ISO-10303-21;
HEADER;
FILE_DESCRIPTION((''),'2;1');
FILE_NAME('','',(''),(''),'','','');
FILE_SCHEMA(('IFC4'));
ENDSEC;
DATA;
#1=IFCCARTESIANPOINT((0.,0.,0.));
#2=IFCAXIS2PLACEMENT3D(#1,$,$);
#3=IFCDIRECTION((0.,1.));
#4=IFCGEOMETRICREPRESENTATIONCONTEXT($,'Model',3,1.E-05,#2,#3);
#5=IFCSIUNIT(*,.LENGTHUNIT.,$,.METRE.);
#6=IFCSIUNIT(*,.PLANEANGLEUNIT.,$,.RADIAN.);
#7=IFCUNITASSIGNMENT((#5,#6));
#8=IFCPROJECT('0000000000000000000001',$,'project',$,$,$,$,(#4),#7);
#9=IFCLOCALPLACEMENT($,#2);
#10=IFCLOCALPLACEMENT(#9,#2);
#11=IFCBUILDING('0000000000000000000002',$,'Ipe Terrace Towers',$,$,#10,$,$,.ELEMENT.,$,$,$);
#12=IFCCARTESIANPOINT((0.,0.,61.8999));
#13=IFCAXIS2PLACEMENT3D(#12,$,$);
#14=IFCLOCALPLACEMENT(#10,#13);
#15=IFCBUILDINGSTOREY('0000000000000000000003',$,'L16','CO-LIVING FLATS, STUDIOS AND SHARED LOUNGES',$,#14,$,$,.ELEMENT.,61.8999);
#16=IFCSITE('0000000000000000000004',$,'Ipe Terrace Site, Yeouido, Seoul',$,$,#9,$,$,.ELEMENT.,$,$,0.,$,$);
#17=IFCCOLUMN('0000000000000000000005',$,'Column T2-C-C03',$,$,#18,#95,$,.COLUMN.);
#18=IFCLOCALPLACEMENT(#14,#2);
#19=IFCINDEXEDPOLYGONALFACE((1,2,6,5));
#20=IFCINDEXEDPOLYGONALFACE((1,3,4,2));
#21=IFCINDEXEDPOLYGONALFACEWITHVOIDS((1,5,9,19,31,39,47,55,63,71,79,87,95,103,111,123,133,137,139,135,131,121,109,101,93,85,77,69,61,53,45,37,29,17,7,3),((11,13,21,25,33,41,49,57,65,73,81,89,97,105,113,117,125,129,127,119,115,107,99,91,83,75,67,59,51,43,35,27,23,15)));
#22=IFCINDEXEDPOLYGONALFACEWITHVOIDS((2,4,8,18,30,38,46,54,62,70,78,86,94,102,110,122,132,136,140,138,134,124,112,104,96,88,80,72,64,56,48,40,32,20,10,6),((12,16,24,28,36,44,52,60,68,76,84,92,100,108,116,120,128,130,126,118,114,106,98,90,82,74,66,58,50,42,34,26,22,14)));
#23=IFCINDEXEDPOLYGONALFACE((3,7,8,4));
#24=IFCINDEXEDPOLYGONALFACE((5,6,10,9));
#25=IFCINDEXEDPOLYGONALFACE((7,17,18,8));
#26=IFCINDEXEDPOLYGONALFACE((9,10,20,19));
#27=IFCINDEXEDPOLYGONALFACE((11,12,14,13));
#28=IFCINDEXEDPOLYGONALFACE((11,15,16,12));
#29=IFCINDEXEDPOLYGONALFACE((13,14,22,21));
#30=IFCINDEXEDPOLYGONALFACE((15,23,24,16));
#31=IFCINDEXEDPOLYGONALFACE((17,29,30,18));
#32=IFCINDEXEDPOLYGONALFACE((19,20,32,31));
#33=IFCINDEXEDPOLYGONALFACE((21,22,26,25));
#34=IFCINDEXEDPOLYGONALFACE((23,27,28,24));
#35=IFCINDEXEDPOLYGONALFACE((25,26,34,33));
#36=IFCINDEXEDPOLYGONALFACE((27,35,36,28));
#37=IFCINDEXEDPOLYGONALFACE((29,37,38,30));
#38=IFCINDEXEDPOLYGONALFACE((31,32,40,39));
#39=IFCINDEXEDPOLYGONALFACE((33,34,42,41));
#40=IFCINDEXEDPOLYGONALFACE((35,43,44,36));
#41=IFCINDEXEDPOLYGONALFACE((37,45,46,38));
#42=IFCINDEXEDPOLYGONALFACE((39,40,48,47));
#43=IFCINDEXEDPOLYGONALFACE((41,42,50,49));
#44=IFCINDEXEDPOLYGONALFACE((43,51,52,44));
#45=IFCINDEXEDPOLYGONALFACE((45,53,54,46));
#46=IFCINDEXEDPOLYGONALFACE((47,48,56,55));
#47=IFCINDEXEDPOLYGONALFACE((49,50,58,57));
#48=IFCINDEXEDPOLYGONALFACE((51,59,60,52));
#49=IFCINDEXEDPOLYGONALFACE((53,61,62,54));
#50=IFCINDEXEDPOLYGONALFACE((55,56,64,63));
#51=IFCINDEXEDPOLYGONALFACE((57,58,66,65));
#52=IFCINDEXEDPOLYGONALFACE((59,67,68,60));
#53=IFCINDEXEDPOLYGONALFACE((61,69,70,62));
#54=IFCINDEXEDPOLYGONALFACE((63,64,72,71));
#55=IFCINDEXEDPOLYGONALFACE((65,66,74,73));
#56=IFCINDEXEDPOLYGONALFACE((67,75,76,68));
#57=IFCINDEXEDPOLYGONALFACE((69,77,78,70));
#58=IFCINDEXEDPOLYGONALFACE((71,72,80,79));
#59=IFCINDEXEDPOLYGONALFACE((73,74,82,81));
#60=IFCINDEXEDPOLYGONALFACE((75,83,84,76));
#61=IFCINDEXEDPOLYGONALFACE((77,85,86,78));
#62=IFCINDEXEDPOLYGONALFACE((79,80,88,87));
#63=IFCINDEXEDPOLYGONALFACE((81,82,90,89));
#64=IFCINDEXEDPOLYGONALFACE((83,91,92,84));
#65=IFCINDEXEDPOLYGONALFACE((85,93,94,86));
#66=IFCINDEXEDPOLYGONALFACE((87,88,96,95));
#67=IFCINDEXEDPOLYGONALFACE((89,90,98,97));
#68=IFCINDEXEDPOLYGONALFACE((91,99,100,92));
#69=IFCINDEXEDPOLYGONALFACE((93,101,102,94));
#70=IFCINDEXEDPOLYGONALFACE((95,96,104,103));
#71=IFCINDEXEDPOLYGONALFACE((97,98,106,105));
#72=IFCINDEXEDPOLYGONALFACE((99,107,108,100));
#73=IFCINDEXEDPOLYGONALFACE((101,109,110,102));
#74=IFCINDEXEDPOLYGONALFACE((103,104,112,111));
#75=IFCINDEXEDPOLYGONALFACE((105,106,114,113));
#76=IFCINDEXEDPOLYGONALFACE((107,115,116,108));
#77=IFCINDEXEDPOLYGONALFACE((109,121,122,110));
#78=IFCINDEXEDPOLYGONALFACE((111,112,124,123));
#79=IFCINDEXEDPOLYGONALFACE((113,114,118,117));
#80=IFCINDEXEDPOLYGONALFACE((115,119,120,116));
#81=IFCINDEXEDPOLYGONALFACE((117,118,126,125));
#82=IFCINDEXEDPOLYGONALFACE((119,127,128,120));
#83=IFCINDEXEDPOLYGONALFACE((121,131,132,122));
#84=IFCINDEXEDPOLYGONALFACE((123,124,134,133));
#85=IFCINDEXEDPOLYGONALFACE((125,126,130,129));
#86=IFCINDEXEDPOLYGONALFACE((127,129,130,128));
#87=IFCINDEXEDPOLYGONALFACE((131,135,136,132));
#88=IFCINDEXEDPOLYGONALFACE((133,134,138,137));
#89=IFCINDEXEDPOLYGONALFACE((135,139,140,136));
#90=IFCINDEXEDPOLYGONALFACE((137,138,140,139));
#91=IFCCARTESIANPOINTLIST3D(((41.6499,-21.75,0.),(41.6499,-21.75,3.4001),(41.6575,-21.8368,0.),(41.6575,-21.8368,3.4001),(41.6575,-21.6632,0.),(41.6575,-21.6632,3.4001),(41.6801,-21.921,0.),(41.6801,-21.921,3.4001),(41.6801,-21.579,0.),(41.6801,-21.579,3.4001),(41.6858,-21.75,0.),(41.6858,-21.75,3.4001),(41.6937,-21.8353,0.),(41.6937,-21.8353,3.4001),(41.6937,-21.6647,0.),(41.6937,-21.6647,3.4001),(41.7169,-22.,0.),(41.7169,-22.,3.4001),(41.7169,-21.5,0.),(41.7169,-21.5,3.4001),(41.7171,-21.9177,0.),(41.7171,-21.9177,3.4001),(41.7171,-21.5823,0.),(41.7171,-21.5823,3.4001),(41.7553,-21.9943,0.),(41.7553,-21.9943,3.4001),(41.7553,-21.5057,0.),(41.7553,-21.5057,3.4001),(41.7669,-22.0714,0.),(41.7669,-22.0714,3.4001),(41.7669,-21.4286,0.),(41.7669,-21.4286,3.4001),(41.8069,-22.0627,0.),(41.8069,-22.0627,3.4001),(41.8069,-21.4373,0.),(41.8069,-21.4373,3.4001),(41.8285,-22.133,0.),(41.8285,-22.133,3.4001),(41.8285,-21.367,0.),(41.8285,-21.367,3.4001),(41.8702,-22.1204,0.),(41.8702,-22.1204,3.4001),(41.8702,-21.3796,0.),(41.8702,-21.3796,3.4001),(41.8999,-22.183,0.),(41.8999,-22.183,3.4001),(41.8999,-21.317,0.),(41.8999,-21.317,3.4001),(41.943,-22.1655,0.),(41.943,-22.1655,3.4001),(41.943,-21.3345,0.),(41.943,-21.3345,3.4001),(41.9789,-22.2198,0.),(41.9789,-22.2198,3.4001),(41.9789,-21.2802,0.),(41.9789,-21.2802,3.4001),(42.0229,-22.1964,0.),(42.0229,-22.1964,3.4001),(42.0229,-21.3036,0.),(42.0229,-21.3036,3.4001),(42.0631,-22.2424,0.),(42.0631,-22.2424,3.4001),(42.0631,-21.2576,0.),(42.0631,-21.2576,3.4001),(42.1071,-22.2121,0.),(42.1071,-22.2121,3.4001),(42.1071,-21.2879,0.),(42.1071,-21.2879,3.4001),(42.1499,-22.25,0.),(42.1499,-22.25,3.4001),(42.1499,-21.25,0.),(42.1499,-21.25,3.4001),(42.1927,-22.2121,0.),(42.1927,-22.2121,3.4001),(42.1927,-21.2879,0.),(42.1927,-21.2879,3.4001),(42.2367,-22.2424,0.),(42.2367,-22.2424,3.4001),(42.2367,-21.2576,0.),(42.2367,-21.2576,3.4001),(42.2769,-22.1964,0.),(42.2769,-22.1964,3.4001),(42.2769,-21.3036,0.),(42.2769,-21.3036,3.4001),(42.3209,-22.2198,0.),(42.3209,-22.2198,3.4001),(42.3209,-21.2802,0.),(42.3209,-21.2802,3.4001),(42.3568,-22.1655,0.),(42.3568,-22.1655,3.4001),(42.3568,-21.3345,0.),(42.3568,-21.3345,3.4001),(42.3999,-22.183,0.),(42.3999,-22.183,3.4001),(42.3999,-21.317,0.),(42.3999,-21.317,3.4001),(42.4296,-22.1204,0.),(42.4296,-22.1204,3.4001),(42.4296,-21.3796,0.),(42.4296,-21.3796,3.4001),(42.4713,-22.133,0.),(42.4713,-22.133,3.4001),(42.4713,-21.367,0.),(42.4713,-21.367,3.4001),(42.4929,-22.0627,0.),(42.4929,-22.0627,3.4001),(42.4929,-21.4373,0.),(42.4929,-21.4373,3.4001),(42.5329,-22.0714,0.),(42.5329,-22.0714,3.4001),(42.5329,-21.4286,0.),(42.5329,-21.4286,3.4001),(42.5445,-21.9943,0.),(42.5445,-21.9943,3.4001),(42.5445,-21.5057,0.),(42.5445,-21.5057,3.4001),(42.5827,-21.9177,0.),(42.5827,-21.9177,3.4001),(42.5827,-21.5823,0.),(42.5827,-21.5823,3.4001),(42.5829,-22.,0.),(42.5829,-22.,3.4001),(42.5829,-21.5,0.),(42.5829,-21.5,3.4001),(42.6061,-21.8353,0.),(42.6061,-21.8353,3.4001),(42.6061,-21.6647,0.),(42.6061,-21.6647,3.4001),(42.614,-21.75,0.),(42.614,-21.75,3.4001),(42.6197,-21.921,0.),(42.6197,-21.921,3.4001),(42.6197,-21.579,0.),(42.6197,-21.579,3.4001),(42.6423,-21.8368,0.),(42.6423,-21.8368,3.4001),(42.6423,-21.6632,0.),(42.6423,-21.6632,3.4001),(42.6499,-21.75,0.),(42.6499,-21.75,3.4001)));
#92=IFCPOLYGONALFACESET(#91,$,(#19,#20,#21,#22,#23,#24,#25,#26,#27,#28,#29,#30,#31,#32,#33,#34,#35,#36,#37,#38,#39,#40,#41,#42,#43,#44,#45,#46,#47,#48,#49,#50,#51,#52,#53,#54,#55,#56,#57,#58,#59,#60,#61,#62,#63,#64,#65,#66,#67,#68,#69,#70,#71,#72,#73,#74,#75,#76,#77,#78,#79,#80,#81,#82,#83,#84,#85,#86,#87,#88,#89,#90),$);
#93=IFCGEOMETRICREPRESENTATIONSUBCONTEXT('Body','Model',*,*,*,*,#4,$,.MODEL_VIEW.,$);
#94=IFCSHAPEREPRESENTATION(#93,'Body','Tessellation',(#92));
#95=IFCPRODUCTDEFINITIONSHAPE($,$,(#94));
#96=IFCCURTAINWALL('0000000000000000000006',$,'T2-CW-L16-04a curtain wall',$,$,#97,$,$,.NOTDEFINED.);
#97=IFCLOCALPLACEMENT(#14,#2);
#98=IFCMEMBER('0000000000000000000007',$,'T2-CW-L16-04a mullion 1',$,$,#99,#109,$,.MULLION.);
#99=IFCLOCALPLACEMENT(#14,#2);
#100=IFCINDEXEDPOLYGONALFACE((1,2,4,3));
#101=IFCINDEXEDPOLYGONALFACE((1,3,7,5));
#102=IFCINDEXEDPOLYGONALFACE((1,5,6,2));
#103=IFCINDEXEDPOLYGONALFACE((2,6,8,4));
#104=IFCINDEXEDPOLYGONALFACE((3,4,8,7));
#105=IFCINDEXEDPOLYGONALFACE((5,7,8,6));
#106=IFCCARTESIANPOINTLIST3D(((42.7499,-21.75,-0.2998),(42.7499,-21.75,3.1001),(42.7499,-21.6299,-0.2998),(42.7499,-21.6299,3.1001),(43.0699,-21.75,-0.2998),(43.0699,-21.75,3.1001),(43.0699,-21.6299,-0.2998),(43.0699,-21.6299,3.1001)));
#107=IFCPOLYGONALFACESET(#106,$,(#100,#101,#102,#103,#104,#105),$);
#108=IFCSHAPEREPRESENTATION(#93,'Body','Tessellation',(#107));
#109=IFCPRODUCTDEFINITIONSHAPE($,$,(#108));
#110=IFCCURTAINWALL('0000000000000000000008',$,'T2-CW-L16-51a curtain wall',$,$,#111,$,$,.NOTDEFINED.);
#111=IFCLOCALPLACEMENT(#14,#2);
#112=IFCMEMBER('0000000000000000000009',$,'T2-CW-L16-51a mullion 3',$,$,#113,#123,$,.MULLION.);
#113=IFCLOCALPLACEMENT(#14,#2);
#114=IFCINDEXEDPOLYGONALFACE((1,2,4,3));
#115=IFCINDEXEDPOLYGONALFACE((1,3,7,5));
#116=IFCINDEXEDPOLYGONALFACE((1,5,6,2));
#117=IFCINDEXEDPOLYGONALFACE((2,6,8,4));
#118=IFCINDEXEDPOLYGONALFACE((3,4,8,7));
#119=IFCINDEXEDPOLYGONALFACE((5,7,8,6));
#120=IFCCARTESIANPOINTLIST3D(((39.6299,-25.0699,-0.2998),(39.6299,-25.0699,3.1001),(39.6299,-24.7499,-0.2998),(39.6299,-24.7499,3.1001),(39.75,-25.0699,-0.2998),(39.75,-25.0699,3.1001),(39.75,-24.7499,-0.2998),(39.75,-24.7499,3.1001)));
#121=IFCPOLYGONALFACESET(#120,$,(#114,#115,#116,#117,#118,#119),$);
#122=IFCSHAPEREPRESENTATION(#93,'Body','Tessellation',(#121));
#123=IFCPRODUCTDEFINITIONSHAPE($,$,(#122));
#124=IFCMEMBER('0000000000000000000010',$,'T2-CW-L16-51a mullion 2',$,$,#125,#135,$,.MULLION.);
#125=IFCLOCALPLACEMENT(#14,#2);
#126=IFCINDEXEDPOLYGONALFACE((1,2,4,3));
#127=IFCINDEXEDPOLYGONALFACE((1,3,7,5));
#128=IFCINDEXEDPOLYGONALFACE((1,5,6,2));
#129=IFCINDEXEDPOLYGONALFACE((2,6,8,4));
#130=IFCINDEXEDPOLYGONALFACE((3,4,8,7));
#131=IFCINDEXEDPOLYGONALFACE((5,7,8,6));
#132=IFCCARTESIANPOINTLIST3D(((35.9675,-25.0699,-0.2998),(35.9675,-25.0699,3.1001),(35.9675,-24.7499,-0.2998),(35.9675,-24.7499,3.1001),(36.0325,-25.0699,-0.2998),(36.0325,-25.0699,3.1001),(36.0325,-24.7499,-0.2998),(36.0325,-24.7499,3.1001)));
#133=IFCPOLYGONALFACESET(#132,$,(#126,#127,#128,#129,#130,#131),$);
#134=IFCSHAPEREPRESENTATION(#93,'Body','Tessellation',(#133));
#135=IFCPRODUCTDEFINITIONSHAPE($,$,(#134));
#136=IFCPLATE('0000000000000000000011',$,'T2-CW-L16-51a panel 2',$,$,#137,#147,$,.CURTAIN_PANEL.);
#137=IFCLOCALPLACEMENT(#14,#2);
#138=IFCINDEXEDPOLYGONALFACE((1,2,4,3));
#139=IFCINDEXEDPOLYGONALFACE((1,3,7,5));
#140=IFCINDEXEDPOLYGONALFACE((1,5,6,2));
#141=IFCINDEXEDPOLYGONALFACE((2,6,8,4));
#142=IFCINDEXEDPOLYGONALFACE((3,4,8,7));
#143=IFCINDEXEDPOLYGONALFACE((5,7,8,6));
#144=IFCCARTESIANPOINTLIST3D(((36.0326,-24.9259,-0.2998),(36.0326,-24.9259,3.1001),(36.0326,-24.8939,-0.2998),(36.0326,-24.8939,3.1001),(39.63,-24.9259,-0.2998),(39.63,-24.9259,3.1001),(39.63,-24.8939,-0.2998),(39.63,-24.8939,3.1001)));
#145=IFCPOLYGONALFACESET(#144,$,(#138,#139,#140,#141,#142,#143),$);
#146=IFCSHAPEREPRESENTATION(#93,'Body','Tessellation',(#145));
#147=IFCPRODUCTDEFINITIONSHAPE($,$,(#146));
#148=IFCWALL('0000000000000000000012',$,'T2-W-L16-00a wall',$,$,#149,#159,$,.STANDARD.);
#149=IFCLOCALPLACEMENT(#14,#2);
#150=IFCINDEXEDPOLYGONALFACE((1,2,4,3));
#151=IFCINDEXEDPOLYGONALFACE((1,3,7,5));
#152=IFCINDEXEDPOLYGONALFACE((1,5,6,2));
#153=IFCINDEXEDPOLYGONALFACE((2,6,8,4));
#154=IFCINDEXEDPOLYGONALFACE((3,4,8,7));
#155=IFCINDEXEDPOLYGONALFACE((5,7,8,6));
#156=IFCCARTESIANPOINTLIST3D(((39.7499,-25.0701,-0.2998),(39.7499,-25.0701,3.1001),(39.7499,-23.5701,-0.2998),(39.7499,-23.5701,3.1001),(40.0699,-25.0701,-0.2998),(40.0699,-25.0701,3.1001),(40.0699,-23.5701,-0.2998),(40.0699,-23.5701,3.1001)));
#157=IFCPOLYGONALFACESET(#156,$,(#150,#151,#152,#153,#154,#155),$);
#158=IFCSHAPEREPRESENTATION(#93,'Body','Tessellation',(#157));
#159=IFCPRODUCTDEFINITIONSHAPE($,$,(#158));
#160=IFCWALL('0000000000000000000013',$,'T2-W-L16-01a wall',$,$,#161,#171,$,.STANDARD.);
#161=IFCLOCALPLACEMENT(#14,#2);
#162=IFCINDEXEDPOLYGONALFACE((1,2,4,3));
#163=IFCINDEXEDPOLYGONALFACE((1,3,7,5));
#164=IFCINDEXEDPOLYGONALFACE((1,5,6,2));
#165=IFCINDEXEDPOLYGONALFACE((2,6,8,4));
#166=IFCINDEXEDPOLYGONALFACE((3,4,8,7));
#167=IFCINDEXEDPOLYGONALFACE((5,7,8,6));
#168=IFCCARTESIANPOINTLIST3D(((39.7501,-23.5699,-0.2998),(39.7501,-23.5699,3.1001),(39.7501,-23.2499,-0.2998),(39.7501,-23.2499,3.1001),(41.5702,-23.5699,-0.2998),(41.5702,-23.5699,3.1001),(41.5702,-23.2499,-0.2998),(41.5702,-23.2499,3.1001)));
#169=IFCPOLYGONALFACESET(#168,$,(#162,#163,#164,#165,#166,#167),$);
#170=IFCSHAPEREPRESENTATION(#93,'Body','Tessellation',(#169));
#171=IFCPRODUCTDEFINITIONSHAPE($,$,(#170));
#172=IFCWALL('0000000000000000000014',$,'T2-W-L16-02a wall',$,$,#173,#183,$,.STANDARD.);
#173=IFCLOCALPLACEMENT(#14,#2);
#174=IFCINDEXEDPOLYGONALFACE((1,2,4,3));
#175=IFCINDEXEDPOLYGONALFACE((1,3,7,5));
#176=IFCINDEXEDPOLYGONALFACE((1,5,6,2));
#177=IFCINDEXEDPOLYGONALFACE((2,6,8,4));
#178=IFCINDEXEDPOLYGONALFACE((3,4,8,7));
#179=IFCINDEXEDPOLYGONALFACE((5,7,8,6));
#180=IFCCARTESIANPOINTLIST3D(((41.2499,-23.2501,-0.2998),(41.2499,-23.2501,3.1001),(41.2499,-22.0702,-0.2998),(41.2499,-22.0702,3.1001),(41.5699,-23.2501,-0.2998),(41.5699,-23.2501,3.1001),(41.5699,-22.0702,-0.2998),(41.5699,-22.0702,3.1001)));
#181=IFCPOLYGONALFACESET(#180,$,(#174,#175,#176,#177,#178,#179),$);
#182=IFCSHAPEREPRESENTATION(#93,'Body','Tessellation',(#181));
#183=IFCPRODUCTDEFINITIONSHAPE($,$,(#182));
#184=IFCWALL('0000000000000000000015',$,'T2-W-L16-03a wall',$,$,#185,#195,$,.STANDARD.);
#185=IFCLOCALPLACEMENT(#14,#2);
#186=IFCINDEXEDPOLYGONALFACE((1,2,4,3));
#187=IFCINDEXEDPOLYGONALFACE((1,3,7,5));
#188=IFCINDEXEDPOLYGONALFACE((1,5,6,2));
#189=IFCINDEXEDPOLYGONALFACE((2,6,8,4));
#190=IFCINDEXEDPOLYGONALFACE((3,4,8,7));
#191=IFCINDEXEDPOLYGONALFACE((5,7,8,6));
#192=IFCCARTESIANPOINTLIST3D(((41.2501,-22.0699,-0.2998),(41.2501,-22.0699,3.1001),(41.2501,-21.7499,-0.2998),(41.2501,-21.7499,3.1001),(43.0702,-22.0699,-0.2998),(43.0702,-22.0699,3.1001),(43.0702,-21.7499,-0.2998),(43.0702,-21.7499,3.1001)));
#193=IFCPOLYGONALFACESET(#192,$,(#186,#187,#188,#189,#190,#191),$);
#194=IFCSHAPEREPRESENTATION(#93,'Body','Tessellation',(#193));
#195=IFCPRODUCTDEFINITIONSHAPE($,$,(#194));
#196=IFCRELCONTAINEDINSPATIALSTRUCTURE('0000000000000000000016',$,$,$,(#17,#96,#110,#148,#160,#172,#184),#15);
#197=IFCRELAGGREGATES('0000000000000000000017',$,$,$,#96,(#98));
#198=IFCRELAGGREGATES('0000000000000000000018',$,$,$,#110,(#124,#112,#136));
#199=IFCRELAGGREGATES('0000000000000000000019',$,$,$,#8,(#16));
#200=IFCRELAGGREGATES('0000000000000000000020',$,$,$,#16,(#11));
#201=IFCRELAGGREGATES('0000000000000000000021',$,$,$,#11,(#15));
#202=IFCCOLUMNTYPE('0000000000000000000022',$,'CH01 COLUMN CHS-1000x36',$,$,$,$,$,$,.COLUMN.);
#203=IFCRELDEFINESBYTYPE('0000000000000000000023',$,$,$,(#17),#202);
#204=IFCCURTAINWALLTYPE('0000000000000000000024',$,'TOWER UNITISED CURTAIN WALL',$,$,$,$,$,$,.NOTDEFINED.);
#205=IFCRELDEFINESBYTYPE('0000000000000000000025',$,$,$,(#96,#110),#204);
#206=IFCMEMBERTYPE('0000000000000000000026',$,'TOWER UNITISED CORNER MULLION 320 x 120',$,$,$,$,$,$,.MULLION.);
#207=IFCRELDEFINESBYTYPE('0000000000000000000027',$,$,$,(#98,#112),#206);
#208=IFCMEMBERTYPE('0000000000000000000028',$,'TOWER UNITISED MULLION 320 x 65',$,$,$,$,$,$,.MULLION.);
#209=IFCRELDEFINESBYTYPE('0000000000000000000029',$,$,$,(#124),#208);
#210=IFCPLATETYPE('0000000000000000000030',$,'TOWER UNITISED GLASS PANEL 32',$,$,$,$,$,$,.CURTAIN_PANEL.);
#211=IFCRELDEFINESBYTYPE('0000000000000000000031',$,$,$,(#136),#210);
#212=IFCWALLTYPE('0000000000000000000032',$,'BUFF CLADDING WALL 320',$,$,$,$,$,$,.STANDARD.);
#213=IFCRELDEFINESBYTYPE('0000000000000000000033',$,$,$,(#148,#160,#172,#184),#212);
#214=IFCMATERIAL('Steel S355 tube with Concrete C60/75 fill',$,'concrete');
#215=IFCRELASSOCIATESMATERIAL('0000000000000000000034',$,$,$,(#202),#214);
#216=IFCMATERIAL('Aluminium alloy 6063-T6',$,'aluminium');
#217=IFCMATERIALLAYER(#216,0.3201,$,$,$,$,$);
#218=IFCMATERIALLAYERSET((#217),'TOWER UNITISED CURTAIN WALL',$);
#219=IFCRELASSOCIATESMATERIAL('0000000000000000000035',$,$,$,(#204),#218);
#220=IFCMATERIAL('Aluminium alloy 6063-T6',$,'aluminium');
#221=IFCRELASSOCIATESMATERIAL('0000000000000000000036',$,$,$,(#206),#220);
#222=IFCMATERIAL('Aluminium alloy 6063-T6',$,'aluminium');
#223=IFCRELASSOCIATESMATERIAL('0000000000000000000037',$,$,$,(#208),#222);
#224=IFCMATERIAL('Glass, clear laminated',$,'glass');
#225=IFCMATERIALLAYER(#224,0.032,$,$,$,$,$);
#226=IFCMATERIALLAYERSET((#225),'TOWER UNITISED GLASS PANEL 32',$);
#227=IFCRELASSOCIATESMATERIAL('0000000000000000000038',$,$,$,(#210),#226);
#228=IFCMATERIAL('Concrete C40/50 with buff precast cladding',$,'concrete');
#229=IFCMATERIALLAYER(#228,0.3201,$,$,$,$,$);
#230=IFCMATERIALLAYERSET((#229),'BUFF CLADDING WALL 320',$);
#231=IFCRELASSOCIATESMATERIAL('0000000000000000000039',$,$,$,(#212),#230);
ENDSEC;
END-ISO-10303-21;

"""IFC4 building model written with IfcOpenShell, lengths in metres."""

from ifc_helpers import new_model, si_unit, direction, frame, frame_2d, origin, origin_2d, place, context, subcontext, project, spatial, rectangle, hollow_circle, extrude, material, layer, layer_set, material_profile, profile_set, type_object, element, aggregate, save


model = new_model("IFC4")

# Units and contexts
model_context = context("Model", 3, precision=1e-05, world=origin(), true_north=direction((0.0, 1.0)))
body_context = subcontext(model_context, "Body", "Model", "MODEL_VIEW")
ifc_project = project(units=[si_unit("LENGTHUNIT", "METRE"), si_unit("PLANEANGLEUNIT", "RADIAN")], contexts=[model_context])

# Site, building, storey
site_placement = place(None, origin())
site = spatial("IfcSite", under=ifc_project, at=site_placement, Name="Ipe Terrace Site, Yeouido, Seoul", CompositionType="ELEMENT", RefElevation=0.0)
building_placement = place(site_placement, origin())
building = spatial("IfcBuilding", under=site, at=building_placement, Name="Ipe Terrace Towers", CompositionType="ELEMENT")
storey_placement = place(building_placement, frame((0.0, 0.0, 61.8999)))
storey = spatial("IfcBuildingStorey", under=building, at=storey_placement, Name="L16", Description="CO-LIVING FLATS, STUDIOS AND SHARED LOUNGES", CompositionType="ELEMENT", Elevation=61.8999)

# Column
ifc_material_1 = material(Name="Steel S355 tube with Concrete C60/75 fill", Category="concrete")
ifc_material_profile_1 = material_profile(ifc_material_1, hollow_circle(Radius=0.5, WallThickness=0.0359, at=origin_2d()), Name="CHS-1000x36")
ifc_profile_set_1 = profile_set([ifc_material_profile_1], Name="Steel S355 tube with Concrete C60/75 fill")
column_type = type_object("IfcColumnType", Name="CH01 COLUMN CHS-1000x36", PredefinedType="COLUMN", material=ifc_profile_set_1)
column_placement = place(storey_placement, frame((42.1499, -21.75, 0.0), z_axis=(0.0, 0.0, 1.0), x_axis=(1.0, 0.0, 0.0)))
element("IfcColumn", 1, at=column_placement, inside=storey, type_object=column_type, Name="Column T2-C-C03", PredefinedType="COLUMN", context=body_context, shape_type="SweptSolid", body=[
    extrude(hollow_circle(Radius=0.5, WallThickness=0.0359, at=origin_2d()), origin(), (0.0, 0.0, 1.0), 3.4001),
])

# Curtain wall, member
ifc_material_2 = material(Name="Aluminium alloy 6063-T6", Category="aluminium")
ifc_layer_1 = layer(ifc_material_2, 0.3201)
ifc_layer_set_1 = layer_set([ifc_layer_1], Name="TOWER UNITISED CURTAIN WALL")
curtain_wall_type = type_object("IfcCurtainWallType", Name="TOWER UNITISED CURTAIN WALL", PredefinedType="NOTDEFINED", material=ifc_layer_set_1)
curtain_wall_1_placement = place(storey_placement, origin())
curtain_wall_1 = element("IfcCurtainWall", 2, at=curtain_wall_1_placement, inside=storey, type_object=curtain_wall_type, Name="T2-CW-L16-04a curtain wall", PredefinedType="NOTDEFINED")
ifc_material_3 = material(Name="Aluminium alloy 6063-T6", Category="aluminium")
ifc_material_profile_2 = material_profile(ifc_material_3, rectangle(XDim=0.3201, YDim=0.1201, at=origin_2d()), Name="TOWER UNITISED CORNER MULLION 320 x 120")
ifc_profile_set_2 = profile_set([ifc_material_profile_2], Name="Aluminium alloy 6063-T6")
member_type_1 = type_object("IfcMemberType", Name="TOWER UNITISED CORNER MULLION 320 x 120", PredefinedType="MULLION", material=ifc_profile_set_2)
member_1_placement = place(storey_placement, frame((42.9099, -21.6899, -0.2998), z_axis=(0.0, 0.0, 1.0), x_axis=(1.0, 0.0, 0.0)))
member_1 = element("IfcMember", 3, at=member_1_placement, type_object=member_type_1, Name="T2-CW-L16-04a mullion 1", PredefinedType="MULLION", context=body_context, shape_type="SweptSolid", body=[
    extrude(rectangle(XDim=0.3201, YDim=0.1201, at=origin_2d()), origin(), (0.0, 0.0, 1.0), 3.3999),
])
aggregate(curtain_wall_1, [member_1])

# Curtain wall, members, plate
curtain_wall_2_placement = place(storey_placement, origin())
curtain_wall_2 = element("IfcCurtainWall", 4, at=curtain_wall_2_placement, inside=storey, type_object=curtain_wall_type, Name="T2-CW-L16-51a curtain wall", PredefinedType="NOTDEFINED")
member_2_placement = place(storey_placement, frame((39.6899, -24.9099, -0.2998), z_axis=(0.0, 0.0, 1.0), x_axis=(0.0, -1.0, 0.0)))
member_2 = element("IfcMember", 5, at=member_2_placement, type_object=member_type_1, Name="T2-CW-L16-51a mullion 3", PredefinedType="MULLION", context=body_context, shape_type="SweptSolid", body=[
    extrude(rectangle(XDim=0.3201, YDim=0.1201, at=origin_2d()), origin(), (0.0, 0.0, 1.0), 3.3999),
])
ifc_material_4 = material(Name="Aluminium alloy 6063-T6", Category="aluminium")
ifc_material_profile_3 = material_profile(ifc_material_4, rectangle(XDim=0.3201, YDim=0.0649, at=origin_2d()), Name="TOWER UNITISED MULLION 320 x 65")
ifc_profile_set_3 = profile_set([ifc_material_profile_3], Name="Aluminium alloy 6063-T6")
member_type_2 = type_object("IfcMemberType", Name="TOWER UNITISED MULLION 320 x 65", PredefinedType="MULLION", material=ifc_profile_set_3)
member_3_placement = place(storey_placement, frame((36.0, -24.9099, -0.2998), z_axis=(0.0, 0.0, 1.0), x_axis=(0.0, -1.0, 0.0)))
member_3 = element("IfcMember", 6, at=member_3_placement, type_object=member_type_2, Name="T2-CW-L16-51a mullion 2", PredefinedType="MULLION", context=body_context, shape_type="SweptSolid", body=[
    extrude(rectangle(XDim=0.3201, YDim=0.0649, at=origin_2d()), origin(), (0.0, 0.0, 1.0), 3.3999),
])
ifc_material_5 = material(Name="Glass, clear laminated", Category="glass")
ifc_layer_2 = layer(ifc_material_5, 0.032)
ifc_layer_set_2 = layer_set([ifc_layer_2], Name="TOWER UNITISED GLASS PANEL 32")
plate_type = type_object("IfcPlateType", Name="TOWER UNITISED GLASS PANEL 32", PredefinedType="CURTAIN_PANEL", material=ifc_layer_set_2)
plate_placement = place(storey_placement, frame((37.8313, -24.9099, -0.2998), z_axis=(0.0, 0.0, 1.0), x_axis=(1.0, 0.0, 0.0)))
plate = element("IfcPlate", 7, at=plate_placement, type_object=plate_type, Name="T2-CW-L16-51a panel 2", PredefinedType="CURTAIN_PANEL", context=body_context, shape_type="SweptSolid", body=[
    extrude(rectangle(XDim=3.5974, YDim=0.032, at=origin_2d()), origin(), (0.0, 0.0, 1.0), 3.3999),
])
aggregate(curtain_wall_2, [member_3, member_2, plate])

# Walls
ifc_material_6 = material(Name="Concrete C40/50 with buff precast cladding", Category="concrete")
ifc_layer_3 = layer(ifc_material_6, 0.3201)
ifc_layer_set_3 = layer_set([ifc_layer_3], Name="BUFF CLADDING WALL 320")
wall_type_1 = type_object("IfcWallType", Name="BUFF CLADDING WALL 320", PredefinedType="STANDARD", material=ifc_layer_set_3)
wall_1_placement = place(storey_placement, frame((39.9099, -25.0701, -0.2998), z_axis=(0.0, 0.0, 1.0), x_axis=(0.0, 1.0, 0.0)))
element("IfcWall", 8, at=wall_1_placement, inside=storey, type_object=wall_type_1, Name="T2-W-L16-00a wall", PredefinedType="STANDARD", context=body_context, shape_type="SweptSolid", body=[
    extrude(rectangle(XDim=1.5, YDim=0.3201, at=frame_2d((0.75, 0.0))), origin(), (0.0, 0.0, 1.0), 3.3999),
])
wall_2_placement = place(storey_placement, frame((39.75, -23.4099, -0.2998), z_axis=(0.0, 0.0, 1.0), x_axis=(1.0, 0.0, 0.0)))
element("IfcWall", 9, at=wall_2_placement, inside=storey, type_object=wall_type_1, Name="T2-W-L16-01a wall", PredefinedType="STANDARD", context=body_context, shape_type="SweptSolid", body=[
    extrude(rectangle(XDim=1.8201, YDim=0.3201, at=frame_2d((0.9102, 0.0))), origin(), (0.0, 0.0, 1.0), 3.3999),
])
wall_3_placement = place(storey_placement, frame((41.4099, -23.25, -0.2998), z_axis=(0.0, 0.0, 1.0), x_axis=(0.0, 1.0, 0.0)))
element("IfcWall", 10, at=wall_3_placement, inside=storey, type_object=wall_type_1, Name="T2-W-L16-02a wall", PredefinedType="STANDARD", context=body_context, shape_type="SweptSolid", body=[
    extrude(rectangle(XDim=1.1799, YDim=0.3201, at=frame_2d((0.5898, 0.0))), origin(), (0.0, 0.0, 1.0), 3.3999),
])
wall_4_placement = place(storey_placement, frame((41.25, -21.9099, -0.2998), z_axis=(0.0, 0.0, 1.0), x_axis=(1.0, 0.0, 0.0)))
element("IfcWall", 11, at=wall_4_placement, inside=storey, type_object=wall_type_1, Name="T2-W-L16-03a wall", PredefinedType="STANDARD", context=body_context, shape_type="SweptSolid", body=[
    extrude(rectangle(XDim=1.8201, YDim=0.3201, at=frame_2d((0.9102, 0.0))), origin(), (0.0, 0.0, 1.0), 3.3999),
])

save(model, "model.ifc")
